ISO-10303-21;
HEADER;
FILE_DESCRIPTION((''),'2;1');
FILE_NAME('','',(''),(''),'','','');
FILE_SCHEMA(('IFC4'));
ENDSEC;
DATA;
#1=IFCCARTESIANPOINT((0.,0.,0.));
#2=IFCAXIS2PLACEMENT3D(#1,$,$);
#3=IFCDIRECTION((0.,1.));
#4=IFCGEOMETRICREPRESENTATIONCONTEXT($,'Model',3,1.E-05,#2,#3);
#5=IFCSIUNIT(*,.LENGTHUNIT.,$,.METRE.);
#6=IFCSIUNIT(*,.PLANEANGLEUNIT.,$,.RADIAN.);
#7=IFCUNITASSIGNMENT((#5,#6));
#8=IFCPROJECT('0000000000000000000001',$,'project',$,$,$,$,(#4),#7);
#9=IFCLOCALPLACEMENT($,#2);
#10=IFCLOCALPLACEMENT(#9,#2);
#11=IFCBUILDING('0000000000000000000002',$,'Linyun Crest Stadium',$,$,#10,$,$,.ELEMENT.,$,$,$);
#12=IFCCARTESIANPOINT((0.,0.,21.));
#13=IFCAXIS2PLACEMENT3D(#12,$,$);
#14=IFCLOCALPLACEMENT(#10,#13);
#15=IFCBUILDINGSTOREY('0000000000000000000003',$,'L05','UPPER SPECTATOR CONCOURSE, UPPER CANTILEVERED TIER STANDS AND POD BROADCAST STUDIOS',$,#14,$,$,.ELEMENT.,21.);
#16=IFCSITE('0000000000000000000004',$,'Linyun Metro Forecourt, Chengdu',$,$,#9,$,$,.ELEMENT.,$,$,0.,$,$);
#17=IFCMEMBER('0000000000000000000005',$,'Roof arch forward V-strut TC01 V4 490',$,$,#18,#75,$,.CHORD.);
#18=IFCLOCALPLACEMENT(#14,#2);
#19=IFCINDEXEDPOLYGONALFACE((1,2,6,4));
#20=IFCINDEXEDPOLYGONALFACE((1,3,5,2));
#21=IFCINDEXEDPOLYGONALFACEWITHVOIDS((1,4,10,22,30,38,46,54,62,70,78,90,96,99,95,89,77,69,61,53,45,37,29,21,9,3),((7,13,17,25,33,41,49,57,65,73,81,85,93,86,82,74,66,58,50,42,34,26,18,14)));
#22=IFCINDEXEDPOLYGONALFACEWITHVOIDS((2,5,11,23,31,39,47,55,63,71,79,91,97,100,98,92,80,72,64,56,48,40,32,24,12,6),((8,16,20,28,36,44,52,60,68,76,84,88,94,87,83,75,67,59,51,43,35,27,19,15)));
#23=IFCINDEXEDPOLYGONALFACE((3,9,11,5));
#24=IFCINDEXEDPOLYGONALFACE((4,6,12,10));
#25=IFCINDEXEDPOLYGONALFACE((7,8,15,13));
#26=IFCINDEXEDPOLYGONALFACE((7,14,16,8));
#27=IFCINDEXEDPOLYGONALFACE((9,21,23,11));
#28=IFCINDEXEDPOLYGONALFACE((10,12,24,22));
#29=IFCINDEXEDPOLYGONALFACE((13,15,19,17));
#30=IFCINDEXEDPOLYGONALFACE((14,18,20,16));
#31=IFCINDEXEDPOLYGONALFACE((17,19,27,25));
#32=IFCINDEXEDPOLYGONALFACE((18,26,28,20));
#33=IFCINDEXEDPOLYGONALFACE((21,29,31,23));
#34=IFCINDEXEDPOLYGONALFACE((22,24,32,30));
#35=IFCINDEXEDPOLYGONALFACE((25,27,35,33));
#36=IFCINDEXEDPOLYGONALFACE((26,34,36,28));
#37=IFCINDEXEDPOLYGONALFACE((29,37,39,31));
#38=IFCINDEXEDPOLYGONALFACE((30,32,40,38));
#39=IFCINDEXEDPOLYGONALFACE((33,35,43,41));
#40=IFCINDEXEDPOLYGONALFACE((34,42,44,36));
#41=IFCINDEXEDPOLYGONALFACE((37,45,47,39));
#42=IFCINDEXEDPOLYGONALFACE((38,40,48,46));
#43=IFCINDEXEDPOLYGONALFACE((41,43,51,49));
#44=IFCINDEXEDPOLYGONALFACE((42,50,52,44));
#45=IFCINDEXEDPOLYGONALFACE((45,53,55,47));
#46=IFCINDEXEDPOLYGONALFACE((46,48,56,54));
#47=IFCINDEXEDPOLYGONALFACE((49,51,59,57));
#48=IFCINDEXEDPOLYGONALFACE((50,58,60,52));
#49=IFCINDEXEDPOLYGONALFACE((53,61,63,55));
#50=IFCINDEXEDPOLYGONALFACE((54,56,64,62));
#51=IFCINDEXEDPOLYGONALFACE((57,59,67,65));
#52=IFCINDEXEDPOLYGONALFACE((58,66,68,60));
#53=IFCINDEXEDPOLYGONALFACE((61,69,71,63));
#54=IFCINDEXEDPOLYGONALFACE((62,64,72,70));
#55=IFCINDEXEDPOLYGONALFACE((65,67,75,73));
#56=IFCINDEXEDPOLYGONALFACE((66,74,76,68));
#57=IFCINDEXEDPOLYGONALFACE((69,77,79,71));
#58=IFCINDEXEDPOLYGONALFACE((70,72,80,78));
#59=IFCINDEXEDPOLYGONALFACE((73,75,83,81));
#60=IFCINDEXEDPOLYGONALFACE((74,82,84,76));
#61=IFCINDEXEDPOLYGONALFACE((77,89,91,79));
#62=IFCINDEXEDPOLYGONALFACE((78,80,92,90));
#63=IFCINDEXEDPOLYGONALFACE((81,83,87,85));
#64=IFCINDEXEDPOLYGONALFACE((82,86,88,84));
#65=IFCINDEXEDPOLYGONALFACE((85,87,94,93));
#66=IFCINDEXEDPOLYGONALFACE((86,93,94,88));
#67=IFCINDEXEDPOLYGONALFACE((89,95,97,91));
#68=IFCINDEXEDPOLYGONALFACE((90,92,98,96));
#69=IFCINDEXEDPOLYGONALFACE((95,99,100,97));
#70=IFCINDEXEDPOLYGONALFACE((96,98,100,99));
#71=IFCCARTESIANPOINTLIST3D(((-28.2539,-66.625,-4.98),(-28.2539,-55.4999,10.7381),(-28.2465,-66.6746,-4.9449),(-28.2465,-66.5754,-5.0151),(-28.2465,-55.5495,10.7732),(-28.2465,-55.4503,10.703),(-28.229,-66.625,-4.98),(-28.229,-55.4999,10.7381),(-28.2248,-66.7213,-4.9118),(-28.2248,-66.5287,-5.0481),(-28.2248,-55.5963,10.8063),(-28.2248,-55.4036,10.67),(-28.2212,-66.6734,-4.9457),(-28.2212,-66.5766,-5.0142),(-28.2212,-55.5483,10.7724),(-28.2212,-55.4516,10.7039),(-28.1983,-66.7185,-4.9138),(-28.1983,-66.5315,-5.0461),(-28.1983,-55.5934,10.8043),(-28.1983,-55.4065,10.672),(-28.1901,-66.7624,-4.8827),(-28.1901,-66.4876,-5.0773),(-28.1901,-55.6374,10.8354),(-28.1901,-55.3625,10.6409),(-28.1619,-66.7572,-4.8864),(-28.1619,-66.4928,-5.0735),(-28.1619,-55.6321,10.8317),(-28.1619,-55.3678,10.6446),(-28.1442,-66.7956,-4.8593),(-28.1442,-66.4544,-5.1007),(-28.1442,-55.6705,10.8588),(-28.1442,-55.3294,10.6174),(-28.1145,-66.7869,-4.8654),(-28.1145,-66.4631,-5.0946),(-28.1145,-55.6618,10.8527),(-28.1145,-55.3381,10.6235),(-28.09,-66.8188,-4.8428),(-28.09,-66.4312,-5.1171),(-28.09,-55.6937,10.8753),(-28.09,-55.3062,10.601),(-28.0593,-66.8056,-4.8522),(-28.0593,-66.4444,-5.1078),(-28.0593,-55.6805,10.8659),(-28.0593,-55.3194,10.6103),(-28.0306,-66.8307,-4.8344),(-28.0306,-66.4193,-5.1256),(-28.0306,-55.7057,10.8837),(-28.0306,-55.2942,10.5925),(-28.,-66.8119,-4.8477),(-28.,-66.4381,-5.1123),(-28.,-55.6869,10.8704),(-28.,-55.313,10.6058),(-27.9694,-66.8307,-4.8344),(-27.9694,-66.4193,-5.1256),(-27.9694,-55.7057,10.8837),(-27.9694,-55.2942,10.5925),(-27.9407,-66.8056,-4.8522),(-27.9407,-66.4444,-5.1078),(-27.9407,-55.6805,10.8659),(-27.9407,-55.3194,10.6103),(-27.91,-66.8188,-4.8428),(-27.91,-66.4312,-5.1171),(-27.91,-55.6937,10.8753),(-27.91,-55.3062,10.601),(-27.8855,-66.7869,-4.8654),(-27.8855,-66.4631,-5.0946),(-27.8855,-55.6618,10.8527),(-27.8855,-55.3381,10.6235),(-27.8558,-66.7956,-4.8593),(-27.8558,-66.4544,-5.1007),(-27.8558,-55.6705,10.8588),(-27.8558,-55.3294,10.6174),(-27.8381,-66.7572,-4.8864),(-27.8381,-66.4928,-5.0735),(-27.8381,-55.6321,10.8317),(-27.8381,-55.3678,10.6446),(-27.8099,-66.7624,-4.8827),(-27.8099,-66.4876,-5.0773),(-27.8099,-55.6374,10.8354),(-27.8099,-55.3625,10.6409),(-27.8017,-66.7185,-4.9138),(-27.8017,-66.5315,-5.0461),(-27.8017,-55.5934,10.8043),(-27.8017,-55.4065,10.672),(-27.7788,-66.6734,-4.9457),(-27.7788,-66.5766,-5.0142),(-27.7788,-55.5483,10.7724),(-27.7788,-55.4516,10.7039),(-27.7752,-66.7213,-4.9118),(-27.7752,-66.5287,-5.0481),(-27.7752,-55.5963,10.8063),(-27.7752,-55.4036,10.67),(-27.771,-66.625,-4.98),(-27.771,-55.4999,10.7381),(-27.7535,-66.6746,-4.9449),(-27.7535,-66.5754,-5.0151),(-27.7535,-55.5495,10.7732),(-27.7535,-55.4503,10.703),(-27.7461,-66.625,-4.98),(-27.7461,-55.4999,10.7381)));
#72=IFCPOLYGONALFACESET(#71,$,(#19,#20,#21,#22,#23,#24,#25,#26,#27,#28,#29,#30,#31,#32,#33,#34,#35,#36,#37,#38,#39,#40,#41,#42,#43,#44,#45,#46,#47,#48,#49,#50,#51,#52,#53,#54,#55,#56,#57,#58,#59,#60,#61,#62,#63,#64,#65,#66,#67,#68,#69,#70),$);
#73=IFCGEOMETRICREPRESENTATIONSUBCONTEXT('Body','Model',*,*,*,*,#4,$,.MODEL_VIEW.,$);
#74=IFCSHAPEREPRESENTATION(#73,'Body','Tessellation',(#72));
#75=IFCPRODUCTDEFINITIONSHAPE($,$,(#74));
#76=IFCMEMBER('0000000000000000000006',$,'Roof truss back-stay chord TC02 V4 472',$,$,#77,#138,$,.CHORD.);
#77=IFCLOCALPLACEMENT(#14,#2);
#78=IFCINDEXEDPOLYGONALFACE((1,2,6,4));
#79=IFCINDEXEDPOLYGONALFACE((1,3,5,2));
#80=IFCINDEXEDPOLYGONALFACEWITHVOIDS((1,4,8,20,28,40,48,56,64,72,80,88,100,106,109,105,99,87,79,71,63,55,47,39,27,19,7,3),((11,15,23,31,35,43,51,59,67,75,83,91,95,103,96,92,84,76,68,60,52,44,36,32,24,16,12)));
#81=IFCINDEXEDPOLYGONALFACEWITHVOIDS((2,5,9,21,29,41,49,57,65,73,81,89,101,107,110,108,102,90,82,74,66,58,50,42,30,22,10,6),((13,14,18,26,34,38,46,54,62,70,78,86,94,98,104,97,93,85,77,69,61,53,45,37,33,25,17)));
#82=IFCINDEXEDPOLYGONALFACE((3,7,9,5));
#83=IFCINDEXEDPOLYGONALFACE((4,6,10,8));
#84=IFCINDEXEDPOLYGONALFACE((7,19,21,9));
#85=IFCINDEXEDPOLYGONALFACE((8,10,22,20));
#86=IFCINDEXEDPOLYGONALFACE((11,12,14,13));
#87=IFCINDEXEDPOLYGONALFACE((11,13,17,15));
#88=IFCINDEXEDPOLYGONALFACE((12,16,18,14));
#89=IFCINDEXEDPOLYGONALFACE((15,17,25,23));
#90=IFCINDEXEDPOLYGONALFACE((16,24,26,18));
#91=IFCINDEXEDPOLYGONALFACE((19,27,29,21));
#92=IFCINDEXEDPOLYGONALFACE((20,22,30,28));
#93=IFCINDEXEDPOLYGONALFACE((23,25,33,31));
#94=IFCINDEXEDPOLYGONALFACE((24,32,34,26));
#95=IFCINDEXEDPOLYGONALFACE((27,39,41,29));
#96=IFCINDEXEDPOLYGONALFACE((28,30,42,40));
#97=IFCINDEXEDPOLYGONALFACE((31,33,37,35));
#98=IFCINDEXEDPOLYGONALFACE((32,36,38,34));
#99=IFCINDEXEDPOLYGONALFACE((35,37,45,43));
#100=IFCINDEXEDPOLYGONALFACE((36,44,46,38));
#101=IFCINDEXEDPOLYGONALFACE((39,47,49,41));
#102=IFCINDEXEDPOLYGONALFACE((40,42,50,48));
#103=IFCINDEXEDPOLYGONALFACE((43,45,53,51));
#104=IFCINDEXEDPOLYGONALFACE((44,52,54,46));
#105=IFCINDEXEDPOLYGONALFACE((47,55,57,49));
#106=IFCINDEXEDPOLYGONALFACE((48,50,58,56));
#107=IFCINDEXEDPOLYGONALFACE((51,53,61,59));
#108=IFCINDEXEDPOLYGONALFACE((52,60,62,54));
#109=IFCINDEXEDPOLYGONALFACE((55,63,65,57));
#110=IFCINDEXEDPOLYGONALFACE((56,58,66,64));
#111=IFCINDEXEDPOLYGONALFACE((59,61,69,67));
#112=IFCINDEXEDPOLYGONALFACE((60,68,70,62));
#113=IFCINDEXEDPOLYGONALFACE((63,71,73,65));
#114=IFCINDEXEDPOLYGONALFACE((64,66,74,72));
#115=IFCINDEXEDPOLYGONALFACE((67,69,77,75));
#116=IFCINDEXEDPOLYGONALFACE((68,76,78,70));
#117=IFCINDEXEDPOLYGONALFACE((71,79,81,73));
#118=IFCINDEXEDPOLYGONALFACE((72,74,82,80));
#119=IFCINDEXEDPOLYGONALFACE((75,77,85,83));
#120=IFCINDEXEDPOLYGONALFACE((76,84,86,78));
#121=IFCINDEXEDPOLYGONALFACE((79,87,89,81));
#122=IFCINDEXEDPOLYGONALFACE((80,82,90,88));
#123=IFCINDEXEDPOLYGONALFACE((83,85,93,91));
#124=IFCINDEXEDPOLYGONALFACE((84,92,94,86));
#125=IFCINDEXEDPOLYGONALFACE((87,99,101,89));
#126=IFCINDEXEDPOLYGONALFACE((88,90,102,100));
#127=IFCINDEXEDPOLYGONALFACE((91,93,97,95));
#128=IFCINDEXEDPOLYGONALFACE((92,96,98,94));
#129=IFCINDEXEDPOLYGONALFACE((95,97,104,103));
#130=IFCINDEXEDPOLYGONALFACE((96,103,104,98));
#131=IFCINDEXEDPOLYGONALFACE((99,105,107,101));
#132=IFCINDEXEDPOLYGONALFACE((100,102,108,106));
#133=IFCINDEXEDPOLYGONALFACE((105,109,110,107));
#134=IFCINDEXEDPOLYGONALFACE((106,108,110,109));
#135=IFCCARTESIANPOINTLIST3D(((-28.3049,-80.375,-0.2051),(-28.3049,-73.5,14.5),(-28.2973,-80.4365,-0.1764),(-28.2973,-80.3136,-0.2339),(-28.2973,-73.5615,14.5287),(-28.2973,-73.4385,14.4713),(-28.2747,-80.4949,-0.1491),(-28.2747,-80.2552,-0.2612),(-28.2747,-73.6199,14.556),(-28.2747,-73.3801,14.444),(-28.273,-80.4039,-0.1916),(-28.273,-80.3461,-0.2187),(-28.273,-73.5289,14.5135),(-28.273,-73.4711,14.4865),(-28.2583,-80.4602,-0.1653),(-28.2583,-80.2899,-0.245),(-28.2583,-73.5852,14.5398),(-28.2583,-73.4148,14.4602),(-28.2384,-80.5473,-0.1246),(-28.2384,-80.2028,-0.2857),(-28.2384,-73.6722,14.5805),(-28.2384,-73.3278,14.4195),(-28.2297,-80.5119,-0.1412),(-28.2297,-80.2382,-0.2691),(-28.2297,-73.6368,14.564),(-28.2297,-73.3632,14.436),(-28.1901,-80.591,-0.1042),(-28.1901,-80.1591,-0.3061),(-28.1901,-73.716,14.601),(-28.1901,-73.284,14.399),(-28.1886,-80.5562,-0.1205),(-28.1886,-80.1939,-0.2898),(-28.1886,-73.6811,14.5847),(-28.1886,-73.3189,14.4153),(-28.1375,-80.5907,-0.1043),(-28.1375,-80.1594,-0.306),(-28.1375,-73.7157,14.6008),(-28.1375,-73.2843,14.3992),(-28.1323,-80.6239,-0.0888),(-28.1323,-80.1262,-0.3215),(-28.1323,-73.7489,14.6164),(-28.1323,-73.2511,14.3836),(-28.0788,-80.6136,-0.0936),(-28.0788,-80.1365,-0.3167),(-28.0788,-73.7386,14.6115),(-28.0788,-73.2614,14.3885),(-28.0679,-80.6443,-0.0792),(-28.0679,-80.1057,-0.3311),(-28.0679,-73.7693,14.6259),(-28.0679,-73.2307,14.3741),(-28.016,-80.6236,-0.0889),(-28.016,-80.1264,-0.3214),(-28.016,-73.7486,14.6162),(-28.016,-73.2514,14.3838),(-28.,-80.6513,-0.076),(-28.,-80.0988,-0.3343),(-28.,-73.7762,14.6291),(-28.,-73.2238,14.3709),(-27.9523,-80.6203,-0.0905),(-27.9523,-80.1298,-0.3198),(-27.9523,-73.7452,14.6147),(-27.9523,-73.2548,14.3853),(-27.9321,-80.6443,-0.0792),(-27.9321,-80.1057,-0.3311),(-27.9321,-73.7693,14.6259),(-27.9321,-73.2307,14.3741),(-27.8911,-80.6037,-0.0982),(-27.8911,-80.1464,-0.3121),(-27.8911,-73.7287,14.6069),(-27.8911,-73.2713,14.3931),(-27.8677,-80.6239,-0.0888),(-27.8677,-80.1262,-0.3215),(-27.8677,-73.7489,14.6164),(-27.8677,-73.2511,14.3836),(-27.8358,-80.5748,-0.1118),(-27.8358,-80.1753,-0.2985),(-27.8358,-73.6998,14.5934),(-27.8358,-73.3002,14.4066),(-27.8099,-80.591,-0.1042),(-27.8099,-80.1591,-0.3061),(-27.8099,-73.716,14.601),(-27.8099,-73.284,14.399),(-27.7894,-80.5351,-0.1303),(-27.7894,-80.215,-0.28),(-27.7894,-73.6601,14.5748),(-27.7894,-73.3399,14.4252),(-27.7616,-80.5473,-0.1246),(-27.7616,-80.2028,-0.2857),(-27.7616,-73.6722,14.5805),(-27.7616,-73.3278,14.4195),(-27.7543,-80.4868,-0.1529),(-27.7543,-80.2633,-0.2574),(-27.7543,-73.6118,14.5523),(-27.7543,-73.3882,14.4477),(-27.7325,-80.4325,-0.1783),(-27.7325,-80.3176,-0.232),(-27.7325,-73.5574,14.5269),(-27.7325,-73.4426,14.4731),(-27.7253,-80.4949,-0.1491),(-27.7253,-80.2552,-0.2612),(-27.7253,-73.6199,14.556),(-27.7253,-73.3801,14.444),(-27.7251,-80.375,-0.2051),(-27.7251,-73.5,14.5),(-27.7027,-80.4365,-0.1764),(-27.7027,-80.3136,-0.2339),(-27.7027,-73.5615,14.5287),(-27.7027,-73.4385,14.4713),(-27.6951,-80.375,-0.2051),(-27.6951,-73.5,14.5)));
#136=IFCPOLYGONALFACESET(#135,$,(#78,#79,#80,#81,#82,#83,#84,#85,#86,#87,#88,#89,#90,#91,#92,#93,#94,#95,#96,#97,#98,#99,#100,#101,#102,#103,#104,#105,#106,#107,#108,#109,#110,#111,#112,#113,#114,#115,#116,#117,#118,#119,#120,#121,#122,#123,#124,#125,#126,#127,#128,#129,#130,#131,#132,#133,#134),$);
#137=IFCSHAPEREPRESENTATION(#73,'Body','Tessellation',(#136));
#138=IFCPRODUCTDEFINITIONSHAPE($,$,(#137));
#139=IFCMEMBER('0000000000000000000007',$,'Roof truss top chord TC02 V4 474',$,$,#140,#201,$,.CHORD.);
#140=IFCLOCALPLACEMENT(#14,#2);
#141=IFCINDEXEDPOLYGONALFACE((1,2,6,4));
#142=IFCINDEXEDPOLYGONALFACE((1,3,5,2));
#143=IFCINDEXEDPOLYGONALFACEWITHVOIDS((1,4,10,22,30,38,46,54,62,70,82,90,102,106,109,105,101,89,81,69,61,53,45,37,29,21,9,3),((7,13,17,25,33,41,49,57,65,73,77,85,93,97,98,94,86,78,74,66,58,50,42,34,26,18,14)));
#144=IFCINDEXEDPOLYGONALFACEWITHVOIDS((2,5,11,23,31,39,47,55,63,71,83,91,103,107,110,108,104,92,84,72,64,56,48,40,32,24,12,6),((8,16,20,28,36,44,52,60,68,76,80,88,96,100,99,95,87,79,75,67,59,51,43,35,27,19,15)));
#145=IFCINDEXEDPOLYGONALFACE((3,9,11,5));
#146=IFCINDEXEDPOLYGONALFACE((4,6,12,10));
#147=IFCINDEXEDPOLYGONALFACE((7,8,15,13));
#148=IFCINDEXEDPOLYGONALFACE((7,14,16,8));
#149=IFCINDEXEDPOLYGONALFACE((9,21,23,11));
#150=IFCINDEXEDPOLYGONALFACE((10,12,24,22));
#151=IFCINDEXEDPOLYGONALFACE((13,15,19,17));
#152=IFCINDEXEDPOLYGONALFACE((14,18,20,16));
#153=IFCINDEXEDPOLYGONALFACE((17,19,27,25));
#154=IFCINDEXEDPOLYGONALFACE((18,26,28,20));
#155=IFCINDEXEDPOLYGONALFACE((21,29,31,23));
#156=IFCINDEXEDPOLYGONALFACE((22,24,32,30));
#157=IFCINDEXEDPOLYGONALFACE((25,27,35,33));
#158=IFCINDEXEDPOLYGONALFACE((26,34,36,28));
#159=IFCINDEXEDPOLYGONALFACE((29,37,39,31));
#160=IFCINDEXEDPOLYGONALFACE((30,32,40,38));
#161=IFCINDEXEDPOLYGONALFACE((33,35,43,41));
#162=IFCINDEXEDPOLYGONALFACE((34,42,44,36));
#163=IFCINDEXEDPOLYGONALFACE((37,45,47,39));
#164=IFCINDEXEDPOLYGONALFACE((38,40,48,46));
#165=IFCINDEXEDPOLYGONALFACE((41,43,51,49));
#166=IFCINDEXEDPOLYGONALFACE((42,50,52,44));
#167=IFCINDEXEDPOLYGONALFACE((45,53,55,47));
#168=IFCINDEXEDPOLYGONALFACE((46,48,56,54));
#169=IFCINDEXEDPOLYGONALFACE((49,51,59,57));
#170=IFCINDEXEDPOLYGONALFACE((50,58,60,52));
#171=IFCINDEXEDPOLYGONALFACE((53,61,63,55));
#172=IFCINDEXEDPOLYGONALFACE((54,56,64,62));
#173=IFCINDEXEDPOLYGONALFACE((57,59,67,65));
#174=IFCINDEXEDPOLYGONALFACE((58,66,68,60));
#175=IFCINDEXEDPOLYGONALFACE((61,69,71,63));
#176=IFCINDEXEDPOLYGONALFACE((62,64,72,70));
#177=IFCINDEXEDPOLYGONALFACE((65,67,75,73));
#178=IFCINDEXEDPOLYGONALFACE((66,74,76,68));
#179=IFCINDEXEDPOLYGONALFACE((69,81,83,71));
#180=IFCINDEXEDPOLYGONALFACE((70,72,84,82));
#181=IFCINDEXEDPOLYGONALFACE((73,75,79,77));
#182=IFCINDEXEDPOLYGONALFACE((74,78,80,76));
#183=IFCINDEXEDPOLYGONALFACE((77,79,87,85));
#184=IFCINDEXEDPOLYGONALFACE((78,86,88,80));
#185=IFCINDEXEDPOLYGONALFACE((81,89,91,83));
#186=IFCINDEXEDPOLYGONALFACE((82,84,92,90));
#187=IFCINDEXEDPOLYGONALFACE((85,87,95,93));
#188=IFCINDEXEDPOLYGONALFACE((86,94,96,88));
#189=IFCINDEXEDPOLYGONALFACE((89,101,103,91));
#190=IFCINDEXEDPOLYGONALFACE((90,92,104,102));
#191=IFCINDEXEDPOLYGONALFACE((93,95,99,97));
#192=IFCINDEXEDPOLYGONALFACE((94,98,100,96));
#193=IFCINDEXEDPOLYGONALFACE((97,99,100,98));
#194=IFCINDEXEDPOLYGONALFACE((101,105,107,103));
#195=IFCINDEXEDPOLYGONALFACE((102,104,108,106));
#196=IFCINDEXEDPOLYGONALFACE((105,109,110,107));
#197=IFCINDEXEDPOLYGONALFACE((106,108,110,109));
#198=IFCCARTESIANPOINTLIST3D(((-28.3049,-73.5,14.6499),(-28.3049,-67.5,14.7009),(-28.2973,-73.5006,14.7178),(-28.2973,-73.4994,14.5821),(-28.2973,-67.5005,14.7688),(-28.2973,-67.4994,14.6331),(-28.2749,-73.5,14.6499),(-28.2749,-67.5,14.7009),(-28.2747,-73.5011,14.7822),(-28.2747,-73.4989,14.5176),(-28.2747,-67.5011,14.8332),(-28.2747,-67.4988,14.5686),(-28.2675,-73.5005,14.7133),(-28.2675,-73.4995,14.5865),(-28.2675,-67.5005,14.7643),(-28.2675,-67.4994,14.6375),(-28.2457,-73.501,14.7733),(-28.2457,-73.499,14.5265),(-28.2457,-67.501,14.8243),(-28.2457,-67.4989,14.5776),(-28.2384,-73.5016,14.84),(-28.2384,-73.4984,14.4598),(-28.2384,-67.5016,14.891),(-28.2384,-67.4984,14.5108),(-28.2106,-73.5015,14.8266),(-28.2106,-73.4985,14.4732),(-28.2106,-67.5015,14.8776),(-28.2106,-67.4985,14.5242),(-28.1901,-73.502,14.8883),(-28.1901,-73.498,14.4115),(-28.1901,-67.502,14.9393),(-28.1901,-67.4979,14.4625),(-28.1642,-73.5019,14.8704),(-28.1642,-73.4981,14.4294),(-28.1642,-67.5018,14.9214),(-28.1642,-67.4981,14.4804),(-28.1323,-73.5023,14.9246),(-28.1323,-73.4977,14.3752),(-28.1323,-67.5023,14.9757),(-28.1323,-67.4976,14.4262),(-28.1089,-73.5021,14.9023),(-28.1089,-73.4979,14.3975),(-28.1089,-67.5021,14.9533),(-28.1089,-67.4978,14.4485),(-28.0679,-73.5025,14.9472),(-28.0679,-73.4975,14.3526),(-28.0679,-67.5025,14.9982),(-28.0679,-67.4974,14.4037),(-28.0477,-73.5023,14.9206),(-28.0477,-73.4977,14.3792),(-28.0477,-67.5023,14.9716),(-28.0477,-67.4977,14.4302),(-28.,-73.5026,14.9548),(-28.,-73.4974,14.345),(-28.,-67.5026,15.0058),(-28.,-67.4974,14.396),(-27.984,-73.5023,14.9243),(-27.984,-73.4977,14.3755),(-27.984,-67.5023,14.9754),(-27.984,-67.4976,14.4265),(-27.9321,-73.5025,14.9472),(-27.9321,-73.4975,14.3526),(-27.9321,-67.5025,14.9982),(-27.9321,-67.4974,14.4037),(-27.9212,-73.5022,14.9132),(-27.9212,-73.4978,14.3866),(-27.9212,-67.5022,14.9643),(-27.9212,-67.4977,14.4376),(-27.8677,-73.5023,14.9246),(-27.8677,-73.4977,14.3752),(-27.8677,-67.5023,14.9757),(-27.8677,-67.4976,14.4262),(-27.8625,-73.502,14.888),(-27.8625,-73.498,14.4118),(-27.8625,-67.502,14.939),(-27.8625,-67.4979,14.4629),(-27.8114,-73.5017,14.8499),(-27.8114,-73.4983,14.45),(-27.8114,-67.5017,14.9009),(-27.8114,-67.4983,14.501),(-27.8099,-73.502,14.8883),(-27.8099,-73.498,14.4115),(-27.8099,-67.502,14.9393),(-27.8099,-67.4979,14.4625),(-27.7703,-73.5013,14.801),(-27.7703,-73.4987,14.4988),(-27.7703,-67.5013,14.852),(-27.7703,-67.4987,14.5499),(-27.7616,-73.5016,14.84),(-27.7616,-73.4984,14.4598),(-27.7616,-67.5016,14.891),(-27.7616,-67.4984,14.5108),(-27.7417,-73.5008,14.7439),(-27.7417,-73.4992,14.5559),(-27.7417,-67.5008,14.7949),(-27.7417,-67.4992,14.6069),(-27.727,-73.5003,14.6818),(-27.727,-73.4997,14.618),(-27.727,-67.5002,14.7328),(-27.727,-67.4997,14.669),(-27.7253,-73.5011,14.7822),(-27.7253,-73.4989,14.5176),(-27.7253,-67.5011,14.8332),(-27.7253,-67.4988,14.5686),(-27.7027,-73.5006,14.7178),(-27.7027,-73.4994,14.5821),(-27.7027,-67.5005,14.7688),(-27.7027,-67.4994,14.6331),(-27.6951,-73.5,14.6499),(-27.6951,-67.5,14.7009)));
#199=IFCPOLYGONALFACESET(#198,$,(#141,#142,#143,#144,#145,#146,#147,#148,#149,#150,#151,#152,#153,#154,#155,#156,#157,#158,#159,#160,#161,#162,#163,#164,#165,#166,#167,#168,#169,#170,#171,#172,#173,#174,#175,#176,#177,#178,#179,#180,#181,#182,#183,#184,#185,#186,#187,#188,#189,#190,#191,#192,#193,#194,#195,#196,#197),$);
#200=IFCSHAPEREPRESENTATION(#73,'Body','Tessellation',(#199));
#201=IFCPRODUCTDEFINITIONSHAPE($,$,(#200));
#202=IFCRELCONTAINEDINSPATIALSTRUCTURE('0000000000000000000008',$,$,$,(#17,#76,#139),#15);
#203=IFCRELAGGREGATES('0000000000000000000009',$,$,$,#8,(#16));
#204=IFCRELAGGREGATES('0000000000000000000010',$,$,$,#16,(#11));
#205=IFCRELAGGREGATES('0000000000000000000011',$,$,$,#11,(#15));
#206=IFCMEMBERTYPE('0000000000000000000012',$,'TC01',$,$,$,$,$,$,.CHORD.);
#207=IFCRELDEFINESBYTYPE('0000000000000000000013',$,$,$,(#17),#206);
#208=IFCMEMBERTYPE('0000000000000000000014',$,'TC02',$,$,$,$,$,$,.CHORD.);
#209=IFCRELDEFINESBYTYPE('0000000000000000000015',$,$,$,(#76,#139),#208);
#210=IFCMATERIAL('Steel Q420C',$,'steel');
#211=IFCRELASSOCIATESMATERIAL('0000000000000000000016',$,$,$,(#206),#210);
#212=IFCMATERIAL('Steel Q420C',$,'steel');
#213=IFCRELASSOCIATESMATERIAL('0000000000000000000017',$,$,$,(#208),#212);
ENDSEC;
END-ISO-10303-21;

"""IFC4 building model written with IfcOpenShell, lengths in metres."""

from ifc_helpers import new_model, si_unit, direction, frame, origin, origin_2d, place, context, subcontext, project, spatial, hollow_circle, extrude, material, material_profile, profile_set, type_object, element, save


model = new_model("IFC4")

# Units and contexts
model_context = context("Model", 3, precision=1e-05, world=origin(), true_north=direction((0.0, 1.0)))
body_context = subcontext(model_context, "Body", "Model", "MODEL_VIEW")
ifc_project = project(units=[si_unit("LENGTHUNIT", "METRE"), si_unit("PLANEANGLEUNIT", "RADIAN")], contexts=[model_context])

# Site, building, storey
site_placement = place(None, origin())
site = spatial("IfcSite", under=ifc_project, at=site_placement, Name="Linyun Metro Forecourt, Chengdu", CompositionType="ELEMENT", RefElevation=0.0)
building_placement = place(site_placement, origin())
building = spatial("IfcBuilding", under=site, at=building_placement, Name="Linyun Crest Stadium", CompositionType="ELEMENT")
storey_placement = place(building_placement, frame((0.0, 0.0, 21.0)))
storey = spatial("IfcBuildingStorey", under=building, at=storey_placement, Name="L05", Description="UPPER SPECTATOR CONCOURSE, UPPER CANTILEVERED TIER STANDS AND POD BROADCAST STUDIOS", CompositionType="ELEMENT", Elevation=21.0)

# Members
ifc_material_1 = material(Name="Steel Q420C", Category="steel")
ifc_material_profile_1 = material_profile(ifc_material_1, hollow_circle(Radius=0.2539, WallThickness=0.0249, at=origin_2d()), Name="CHS 508x25")
ifc_profile_set_1 = profile_set([ifc_material_profile_1], Name="Steel Q420C")
member_type_1 = type_object("IfcMemberType", Name="TC01", PredefinedType="CHORD", material=ifc_profile_set_1)
member_1_placement = place(storey_placement, frame((-28.0, -66.625, -4.98), z_axis=(0.0, 0.57772, 0.816235), x_axis=(-1.0, 0.0, 0.0)))
element("IfcMember", 1, at=member_1_placement, inside=storey, type_object=member_type_1, Name="Roof arch forward V-strut TC01 V4 490", PredefinedType="CHORD", context=body_context, shape_type="SweptSolid", body=[
    extrude(hollow_circle(Radius=0.2539, WallThickness=0.0249, at=origin_2d()), origin(), (0.0, 0.0, 1.0), 19.2568),
])
ifc_material_2 = material(Name="Steel Q420C", Category="steel")
ifc_material_profile_2 = material_profile(ifc_material_2, hollow_circle(Radius=0.3049, WallThickness=0.03, at=origin_2d()), Name="CHS 610x30")
ifc_profile_set_2 = profile_set([ifc_material_profile_2], Name="Steel Q420C")
member_type_2 = type_object("IfcMemberType", Name="TC02", PredefinedType="CHORD", material=ifc_profile_set_2)
member_2_placement = place(storey_placement, frame((-28.0, -73.5, 14.5), z_axis=(0.0, -0.423524, -0.905885), x_axis=(1.0, 0.0, 0.0)))
element("IfcMember", 2, at=member_2_placement, inside=storey, type_object=member_type_2, Name="Roof truss back-stay chord TC02 V4 472", PredefinedType="CHORD", context=body_context, shape_type="SweptSolid", body=[
    extrude(hollow_circle(Radius=0.3049, WallThickness=0.03, at=origin_2d()), origin(), (0.0, 0.0, 1.0), 16.2329),
])
member_3_placement = place(storey_placement, frame((-28.0, -73.5, 14.6499), z_axis=(0.0, 0.999964, 0.008504), x_axis=(-1.0, 0.0, 0.0)))
element("IfcMember", 3, at=member_3_placement, inside=storey, type_object=member_type_2, Name="Roof truss top chord TC02 V4 474", PredefinedType="CHORD", context=body_context, shape_type="SweptSolid", body=[
    extrude(hollow_circle(Radius=0.3049, WallThickness=0.03, at=origin_2d()), origin(), (0.0, 0.0, 1.0), 6.0002),
])

save(model, "model.ifc")
